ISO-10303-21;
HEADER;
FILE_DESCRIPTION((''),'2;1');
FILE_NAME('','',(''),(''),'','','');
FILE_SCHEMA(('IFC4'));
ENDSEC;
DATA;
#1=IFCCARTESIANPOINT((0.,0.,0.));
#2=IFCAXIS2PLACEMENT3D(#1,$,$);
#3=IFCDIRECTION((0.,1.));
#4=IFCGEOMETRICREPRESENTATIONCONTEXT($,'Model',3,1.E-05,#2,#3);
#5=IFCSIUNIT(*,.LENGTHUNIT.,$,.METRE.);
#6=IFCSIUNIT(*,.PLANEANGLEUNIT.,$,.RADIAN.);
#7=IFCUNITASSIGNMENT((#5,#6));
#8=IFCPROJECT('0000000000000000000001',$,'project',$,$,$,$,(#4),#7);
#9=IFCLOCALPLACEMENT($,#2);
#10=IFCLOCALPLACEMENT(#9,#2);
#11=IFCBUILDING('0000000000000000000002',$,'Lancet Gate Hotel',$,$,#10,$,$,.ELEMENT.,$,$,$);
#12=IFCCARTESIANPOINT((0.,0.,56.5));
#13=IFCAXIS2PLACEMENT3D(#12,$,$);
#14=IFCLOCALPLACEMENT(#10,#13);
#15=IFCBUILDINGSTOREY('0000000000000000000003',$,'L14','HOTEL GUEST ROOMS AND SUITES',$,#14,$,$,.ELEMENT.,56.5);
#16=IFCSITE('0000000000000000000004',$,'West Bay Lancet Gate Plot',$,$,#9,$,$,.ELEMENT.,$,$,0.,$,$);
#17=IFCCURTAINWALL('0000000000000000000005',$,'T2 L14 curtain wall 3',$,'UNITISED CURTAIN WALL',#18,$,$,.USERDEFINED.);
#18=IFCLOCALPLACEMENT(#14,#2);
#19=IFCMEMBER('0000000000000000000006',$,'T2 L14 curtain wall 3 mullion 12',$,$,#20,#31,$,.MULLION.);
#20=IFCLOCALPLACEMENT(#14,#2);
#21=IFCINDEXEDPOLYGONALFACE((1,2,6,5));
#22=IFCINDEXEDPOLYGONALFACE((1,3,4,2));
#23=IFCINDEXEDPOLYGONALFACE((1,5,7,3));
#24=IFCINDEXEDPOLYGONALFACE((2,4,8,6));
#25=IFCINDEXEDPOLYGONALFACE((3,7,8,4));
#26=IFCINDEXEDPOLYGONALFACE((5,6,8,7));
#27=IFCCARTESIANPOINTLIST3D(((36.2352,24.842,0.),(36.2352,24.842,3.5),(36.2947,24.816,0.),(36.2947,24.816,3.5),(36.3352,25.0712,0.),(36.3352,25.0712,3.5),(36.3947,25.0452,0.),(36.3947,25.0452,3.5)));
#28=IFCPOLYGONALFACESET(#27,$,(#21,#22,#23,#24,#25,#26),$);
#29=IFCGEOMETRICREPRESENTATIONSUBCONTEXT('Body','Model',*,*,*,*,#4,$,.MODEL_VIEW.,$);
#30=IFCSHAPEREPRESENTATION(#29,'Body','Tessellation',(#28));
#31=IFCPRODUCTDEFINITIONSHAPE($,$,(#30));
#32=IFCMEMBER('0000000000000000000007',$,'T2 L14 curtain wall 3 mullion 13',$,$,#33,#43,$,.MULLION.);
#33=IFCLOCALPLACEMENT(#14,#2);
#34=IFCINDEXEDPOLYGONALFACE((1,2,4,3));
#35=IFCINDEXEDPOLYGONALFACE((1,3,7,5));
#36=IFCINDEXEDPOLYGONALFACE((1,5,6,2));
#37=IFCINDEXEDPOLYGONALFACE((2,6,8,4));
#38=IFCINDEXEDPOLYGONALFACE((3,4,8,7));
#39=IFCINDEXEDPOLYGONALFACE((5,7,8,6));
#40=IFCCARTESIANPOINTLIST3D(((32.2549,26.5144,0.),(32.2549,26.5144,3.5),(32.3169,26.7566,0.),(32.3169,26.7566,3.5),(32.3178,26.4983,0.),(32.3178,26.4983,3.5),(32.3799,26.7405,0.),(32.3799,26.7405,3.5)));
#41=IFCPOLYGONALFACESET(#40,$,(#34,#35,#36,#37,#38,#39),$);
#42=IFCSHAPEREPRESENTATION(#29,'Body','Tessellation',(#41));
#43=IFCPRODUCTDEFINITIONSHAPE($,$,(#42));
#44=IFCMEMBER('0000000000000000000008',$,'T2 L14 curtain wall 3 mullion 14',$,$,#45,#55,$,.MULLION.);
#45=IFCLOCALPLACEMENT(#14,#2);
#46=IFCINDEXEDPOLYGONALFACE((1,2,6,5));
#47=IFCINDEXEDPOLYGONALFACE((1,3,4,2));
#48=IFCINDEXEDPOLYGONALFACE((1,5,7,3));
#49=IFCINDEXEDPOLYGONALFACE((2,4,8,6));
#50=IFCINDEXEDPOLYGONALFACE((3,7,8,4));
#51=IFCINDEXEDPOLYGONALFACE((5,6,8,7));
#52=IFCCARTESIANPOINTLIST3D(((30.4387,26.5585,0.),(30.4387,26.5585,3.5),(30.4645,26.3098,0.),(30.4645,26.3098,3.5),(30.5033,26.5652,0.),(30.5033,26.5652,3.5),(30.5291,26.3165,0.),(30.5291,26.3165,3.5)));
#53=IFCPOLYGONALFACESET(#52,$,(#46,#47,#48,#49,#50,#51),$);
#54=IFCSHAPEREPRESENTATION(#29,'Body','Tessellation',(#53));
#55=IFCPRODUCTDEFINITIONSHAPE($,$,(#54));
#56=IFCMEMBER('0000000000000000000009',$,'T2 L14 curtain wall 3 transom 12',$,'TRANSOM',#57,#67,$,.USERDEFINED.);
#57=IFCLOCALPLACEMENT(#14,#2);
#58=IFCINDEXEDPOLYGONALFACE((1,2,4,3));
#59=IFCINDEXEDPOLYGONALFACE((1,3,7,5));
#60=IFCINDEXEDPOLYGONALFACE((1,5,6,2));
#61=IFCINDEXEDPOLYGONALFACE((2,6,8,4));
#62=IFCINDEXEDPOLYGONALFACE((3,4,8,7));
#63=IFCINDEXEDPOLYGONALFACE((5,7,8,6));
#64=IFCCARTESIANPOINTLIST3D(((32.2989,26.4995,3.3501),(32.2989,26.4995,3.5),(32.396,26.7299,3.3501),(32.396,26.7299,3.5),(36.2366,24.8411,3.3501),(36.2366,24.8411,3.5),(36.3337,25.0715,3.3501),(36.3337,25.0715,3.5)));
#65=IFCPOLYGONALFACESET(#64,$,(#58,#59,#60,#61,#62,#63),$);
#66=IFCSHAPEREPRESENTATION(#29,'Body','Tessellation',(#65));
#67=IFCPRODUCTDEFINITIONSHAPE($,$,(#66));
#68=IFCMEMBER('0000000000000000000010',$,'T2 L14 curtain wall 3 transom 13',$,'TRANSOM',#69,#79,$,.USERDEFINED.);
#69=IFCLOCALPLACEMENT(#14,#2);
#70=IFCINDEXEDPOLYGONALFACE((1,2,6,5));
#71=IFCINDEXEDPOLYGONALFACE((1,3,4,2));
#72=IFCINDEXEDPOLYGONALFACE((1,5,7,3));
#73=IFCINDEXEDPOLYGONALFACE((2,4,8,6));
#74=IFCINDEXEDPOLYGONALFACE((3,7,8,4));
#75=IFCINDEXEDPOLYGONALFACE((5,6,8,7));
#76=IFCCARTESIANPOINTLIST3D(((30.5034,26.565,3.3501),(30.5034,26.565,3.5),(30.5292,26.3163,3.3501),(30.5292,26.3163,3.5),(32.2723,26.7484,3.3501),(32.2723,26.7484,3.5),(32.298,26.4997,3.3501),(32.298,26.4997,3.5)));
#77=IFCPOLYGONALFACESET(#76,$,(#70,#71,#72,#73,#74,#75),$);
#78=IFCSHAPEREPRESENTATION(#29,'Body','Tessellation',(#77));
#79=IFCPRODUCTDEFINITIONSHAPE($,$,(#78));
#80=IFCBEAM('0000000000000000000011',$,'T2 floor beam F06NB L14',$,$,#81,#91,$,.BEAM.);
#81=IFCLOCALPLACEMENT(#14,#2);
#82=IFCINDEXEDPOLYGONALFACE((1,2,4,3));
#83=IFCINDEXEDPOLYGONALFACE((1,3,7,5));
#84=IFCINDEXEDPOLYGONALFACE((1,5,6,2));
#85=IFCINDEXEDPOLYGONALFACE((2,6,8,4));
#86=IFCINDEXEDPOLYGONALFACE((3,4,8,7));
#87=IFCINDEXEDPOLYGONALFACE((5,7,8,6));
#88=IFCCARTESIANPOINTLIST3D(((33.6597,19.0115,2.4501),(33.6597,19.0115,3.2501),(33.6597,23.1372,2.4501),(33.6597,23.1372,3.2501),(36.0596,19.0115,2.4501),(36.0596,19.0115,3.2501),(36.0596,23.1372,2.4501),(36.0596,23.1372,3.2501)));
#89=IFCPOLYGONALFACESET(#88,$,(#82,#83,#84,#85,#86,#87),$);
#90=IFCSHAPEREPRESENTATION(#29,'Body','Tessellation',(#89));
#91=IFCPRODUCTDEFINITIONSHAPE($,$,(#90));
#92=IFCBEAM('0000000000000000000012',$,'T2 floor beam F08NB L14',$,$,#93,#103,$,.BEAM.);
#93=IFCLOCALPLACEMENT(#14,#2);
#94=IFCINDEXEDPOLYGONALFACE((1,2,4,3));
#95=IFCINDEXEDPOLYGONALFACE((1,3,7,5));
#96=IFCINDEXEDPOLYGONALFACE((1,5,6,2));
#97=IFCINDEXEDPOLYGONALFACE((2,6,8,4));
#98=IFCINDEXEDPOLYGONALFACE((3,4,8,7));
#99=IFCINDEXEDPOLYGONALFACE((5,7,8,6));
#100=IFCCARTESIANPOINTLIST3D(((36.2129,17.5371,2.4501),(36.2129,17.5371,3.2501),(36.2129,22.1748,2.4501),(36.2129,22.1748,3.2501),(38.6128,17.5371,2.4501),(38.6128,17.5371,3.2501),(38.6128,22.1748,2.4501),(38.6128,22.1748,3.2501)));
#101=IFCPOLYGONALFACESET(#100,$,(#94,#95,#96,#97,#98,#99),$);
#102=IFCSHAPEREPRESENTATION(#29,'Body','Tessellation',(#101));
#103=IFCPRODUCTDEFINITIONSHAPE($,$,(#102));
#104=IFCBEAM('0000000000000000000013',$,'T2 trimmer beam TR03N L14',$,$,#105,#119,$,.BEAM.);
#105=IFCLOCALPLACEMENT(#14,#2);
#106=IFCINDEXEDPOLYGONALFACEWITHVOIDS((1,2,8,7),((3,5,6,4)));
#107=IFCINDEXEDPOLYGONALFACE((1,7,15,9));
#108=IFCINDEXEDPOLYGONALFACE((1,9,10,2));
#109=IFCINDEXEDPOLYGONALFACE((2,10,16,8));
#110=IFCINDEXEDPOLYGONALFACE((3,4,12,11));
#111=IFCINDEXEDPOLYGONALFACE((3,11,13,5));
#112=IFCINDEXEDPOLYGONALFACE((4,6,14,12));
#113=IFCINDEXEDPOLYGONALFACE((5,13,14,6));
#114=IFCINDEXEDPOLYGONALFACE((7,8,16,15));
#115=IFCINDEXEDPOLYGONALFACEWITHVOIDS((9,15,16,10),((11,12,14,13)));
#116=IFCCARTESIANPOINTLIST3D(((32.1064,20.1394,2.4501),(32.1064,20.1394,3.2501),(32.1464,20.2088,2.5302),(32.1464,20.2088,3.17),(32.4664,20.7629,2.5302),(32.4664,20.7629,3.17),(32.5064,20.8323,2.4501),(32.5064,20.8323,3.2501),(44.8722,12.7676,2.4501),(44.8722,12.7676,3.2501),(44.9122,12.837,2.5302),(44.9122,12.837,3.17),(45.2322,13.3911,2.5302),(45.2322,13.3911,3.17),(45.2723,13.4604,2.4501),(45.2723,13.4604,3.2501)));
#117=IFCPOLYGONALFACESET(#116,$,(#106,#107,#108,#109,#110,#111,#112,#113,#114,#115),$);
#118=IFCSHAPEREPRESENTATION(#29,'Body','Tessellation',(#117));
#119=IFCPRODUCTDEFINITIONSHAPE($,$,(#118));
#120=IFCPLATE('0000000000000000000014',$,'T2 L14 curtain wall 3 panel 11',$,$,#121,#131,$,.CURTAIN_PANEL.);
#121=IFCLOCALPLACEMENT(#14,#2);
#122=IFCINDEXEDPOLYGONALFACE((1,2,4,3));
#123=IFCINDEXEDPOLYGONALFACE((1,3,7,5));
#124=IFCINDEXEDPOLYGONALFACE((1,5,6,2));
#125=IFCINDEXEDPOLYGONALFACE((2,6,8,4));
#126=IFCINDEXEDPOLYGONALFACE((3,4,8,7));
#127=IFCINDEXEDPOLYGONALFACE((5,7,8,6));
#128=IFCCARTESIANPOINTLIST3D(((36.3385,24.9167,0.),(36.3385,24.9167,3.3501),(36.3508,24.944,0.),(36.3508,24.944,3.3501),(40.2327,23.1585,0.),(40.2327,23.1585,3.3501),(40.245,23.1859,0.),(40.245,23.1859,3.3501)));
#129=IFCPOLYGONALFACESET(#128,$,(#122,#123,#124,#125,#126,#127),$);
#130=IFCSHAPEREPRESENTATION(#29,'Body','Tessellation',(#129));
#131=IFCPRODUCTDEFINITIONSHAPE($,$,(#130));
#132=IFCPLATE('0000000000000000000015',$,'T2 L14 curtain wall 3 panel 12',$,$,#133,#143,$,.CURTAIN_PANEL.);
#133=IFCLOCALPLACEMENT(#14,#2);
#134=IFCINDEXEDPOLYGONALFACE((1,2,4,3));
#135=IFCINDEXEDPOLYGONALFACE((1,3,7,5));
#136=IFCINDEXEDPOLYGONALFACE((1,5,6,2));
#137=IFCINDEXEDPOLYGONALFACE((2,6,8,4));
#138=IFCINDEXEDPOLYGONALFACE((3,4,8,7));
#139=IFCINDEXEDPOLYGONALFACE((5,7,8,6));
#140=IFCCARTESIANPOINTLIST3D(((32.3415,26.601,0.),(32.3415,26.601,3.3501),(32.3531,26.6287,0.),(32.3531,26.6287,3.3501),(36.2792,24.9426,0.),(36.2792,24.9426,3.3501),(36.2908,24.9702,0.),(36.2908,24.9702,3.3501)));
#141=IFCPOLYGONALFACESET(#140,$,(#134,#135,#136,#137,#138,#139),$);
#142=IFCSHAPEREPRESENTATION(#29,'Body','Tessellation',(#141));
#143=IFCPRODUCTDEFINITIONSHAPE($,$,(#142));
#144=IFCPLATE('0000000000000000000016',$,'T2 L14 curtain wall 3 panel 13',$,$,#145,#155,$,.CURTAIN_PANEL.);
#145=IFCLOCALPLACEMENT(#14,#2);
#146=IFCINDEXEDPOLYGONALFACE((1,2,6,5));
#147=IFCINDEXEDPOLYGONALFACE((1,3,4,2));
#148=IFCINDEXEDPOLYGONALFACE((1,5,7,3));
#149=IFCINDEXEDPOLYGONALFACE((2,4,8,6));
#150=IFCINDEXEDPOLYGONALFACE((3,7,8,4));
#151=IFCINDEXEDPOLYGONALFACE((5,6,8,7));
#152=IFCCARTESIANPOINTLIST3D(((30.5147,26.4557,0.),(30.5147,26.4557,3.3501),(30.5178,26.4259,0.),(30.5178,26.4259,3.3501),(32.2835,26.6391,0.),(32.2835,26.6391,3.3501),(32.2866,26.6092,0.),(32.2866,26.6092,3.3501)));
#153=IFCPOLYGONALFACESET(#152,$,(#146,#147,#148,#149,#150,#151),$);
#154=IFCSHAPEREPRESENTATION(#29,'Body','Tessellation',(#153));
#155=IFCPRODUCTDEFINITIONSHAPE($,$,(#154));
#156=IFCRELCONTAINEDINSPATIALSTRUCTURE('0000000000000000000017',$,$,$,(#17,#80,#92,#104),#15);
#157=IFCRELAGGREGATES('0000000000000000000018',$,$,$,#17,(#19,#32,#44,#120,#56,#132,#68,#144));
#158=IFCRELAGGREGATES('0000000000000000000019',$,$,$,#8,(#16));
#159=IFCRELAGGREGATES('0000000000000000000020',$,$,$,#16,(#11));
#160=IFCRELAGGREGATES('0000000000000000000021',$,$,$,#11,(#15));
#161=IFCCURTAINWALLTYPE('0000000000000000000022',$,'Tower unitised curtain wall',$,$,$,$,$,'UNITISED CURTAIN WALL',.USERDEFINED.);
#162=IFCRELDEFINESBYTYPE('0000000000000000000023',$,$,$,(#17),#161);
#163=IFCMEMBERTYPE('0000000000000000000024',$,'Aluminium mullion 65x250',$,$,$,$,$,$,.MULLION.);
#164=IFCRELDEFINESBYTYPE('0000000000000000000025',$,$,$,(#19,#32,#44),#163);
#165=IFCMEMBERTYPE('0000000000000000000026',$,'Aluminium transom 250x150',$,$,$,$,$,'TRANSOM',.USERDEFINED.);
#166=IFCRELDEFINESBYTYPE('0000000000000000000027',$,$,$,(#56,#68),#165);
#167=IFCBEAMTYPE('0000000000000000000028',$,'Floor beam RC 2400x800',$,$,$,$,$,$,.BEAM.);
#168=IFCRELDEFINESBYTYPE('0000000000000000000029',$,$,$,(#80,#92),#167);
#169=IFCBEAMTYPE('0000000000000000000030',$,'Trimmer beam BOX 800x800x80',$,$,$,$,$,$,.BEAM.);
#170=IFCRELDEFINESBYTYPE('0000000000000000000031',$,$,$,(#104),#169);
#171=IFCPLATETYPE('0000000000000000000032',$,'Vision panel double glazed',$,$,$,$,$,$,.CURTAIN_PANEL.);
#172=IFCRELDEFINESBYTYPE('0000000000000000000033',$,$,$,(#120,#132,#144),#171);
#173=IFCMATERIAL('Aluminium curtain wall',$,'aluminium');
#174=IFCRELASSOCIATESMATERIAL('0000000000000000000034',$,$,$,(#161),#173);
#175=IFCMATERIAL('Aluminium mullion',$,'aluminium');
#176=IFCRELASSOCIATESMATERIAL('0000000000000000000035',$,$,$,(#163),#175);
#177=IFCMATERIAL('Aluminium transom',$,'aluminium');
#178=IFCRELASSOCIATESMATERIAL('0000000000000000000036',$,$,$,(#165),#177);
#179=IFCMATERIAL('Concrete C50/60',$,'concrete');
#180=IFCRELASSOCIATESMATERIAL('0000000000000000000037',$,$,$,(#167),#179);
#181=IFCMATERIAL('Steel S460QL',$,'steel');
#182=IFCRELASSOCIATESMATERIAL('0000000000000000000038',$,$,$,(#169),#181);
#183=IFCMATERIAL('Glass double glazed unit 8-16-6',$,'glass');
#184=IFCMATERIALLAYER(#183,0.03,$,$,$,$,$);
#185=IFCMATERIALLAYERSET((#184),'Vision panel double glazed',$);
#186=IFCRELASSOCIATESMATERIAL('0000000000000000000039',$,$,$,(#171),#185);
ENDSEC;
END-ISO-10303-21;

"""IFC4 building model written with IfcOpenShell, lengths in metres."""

from ifc_helpers import new_model, si_unit, direction, frame, origin, origin_2d, place, context, subcontext, project, spatial, rectangle, hollow_rectangle, extrude, material, layer, layer_set, material_profile, profile_set, type_object, element, aggregate, save


model = new_model("IFC4")

# Units and contexts
model_context = context("Model", 3, precision=1e-05, world=origin(), true_north=direction((0.0, 1.0)))
body_context = subcontext(model_context, "Body", "Model", "MODEL_VIEW")
ifc_project = project(units=[si_unit("LENGTHUNIT", "METRE"), si_unit("PLANEANGLEUNIT", "RADIAN")], contexts=[model_context])

# Site, building, storey
site_placement = place(None, origin())
site = spatial("IfcSite", under=ifc_project, at=site_placement, Name="West Bay Lancet Gate Plot", CompositionType="ELEMENT", RefElevation=0.0)
building_placement = place(site_placement, origin())
building = spatial("IfcBuilding", under=site, at=building_placement, Name="Lancet Gate Hotel", CompositionType="ELEMENT")
storey_placement = place(building_placement, frame((0.0, 0.0, 56.5)))
storey = spatial("IfcBuildingStorey", under=building, at=storey_placement, Name="L14", Description="HOTEL GUEST ROOMS AND SUITES", CompositionType="ELEMENT", Elevation=56.5)

# Curtain wall, members
ifc_material_1 = material(Name="Aluminium curtain wall", Category="aluminium")
curtain_wall_type = type_object("IfcCurtainWallType", Name="Tower unitised curtain wall", ElementType="UNITISED CURTAIN WALL", PredefinedType="USERDEFINED", material=ifc_material_1)
curtain_wall_placement = place(storey_placement, origin())
curtain_wall = element("IfcCurtainWall", 1, at=curtain_wall_placement, inside=storey, type_object=curtain_wall_type, Name="T2 L14 curtain wall 3", ObjectType="UNITISED CURTAIN WALL", PredefinedType="USERDEFINED")
ifc_material_2 = material(Name="Aluminium mullion", Category="aluminium")
ifc_material_profile_1 = material_profile(ifc_material_2, rectangle(XDim=0.0649, YDim=0.25, at=origin_2d()), Name="MULLION 65x250")
ifc_profile_set_1 = profile_set([ifc_material_profile_1], Name="Aluminium mullion")
member_type_1 = type_object("IfcMemberType", Name="Aluminium mullion 65x250", PredefinedType="MULLION", material=ifc_profile_set_1)
member_1_placement = place(storey_placement, frame((36.3149, 24.9436, 0.0), z_axis=(0.0, 0.0, 1.0), x_axis=(-0.916579, 0.399854, 0.0)))
member_1 = element("IfcMember", 2, at=member_1_placement, type_object=member_type_1, Name="T2 L14 curtain wall 3 mullion 12", PredefinedType="MULLION", context=body_context, shape_type="SweptSolid", body=[
    extrude(rectangle(XDim=0.0649, YDim=0.25, at=origin_2d()), origin(), (0.0, 0.0, 1.0), 3.5),
])
member_2_placement = place(storey_placement, frame((32.3174, 26.6274, 0.0), z_axis=(0.0, 0.0, 1.0), x_axis=(-0.968721, 0.24815, 0.0)))
member_2 = element("IfcMember", 3, at=member_2_placement, type_object=member_type_1, Name="T2 L14 curtain wall 3 mullion 13", PredefinedType="MULLION", context=body_context, shape_type="SweptSolid", body=[
    extrude(rectangle(XDim=0.0649, YDim=0.25, at=origin_2d()), origin(), (0.0, 0.0, 1.0), 3.5),
])
member_3_placement = place(storey_placement, frame((30.4839, 26.4375, 0.0), z_axis=(0.0, 0.0, 1.0), x_axis=(-0.994672, -0.103088, 0.0)))
member_3 = element("IfcMember", 4, at=member_3_placement, type_object=member_type_1, Name="T2 L14 curtain wall 3 mullion 14", PredefinedType="MULLION", context=body_context, shape_type="SweptSolid", body=[
    extrude(rectangle(XDim=0.0649, YDim=0.25, at=origin_2d()), origin(), (0.0, 0.0, 1.0), 3.5),
])
ifc_material_3 = material(Name="Aluminium transom", Category="aluminium")
ifc_material_profile_2 = material_profile(ifc_material_3, rectangle(XDim=0.25, YDim=0.1499, at=origin_2d()), Name="TRANSOM 250x150")
ifc_profile_set_2 = profile_set([ifc_material_profile_2], Name="Aluminium transom")
member_type_2 = type_object("IfcMemberType", Name="Aluminium transom 250x150", ElementType="TRANSOM", PredefinedType="USERDEFINED", material=ifc_profile_set_2)
member_4_placement = place(storey_placement, frame((36.2852, 24.9563, 3.425), z_axis=(-0.921598, 0.388146, 0.0), x_axis=(-0.388146, -0.921598, 0.0)))
member_4 = element("IfcMember", 5, at=member_4_placement, type_object=member_type_2, Name="T2 L14 curtain wall 3 transom 12", ObjectType="TRANSOM", PredefinedType="USERDEFINED", context=body_context, shape_type="SweptSolid", body=[
    extrude(rectangle(XDim=0.25, YDim=0.1499, at=origin_2d()), origin(), (0.0, 0.0, 1.0), 4.2727),
])
member_5_placement = place(storey_placement, frame((32.2852, 26.624, 3.425), z_axis=(-0.99467, -0.103105, 0.0), x_axis=(0.103105, -0.99467, 0.0)))
member_5 = element("IfcMember", 6, at=member_5_placement, type_object=member_type_2, Name="T2 L14 curtain wall 3 transom 13", ObjectType="TRANSOM", PredefinedType="USERDEFINED", context=body_context, shape_type="SweptSolid", body=[
    extrude(rectangle(XDim=0.25, YDim=0.1499, at=origin_2d()), origin(), (0.0, 0.0, 1.0), 1.7783),
])

# Beams
ifc_material_4 = material(Name="Concrete C50/60", Category="concrete")
ifc_material_profile_3 = material_profile(ifc_material_4, rectangle(XDim=2.3999, YDim=0.8, at=origin_2d()), Name="RC 2400x800")
ifc_profile_set_3 = profile_set([ifc_material_profile_3], Name="Concrete C50/60")
beam_type_1 = type_object("IfcBeamType", Name="Floor beam RC 2400x800", PredefinedType="BEAM", material=ifc_profile_set_3)
beam_1_placement = place(storey_placement, frame((34.8596, 19.0115, 2.8501), z_axis=(0.0, 1.0, 0.0), x_axis=(-1.0, 0.0, 0.0)))
element("IfcBeam", 7, at=beam_1_placement, inside=storey, type_object=beam_type_1, Name="T2 floor beam F06NB L14", PredefinedType="BEAM", context=body_context, shape_type="SweptSolid", body=[
    extrude(rectangle(XDim=2.3999, YDim=0.8, at=origin_2d()), origin(), (0.0, 0.0, 1.0), 4.1257),
])
beam_2_placement = place(storey_placement, frame((37.4128, 17.5371, 2.8501), z_axis=(0.0, 1.0, 0.0), x_axis=(-1.0, 0.0, 0.0)))
element("IfcBeam", 8, at=beam_2_placement, inside=storey, type_object=beam_type_1, Name="T2 floor beam F08NB L14", PredefinedType="BEAM", context=body_context, shape_type="SweptSolid", body=[
    extrude(rectangle(XDim=2.3999, YDim=0.8, at=origin_2d()), origin(), (0.0, 0.0, 1.0), 4.6377),
])
ifc_material_5 = material(Name="Steel S460QL", Category="steel")
ifc_material_profile_4 = material_profile(ifc_material_5, hollow_rectangle(XDim=0.8, YDim=0.8, WallThickness=0.0801, at=origin_2d()), Name="BOX 800x800x80")
ifc_profile_set_4 = profile_set([ifc_material_profile_4], Name="Steel S460QL")
beam_type_2 = type_object("IfcBeamType", Name="Trimmer beam BOX 800x800x80", PredefinedType="BEAM", material=ifc_profile_set_4)
beam_3_placement = place(storey_placement, frame((32.3064, 20.4858, 2.8501), z_axis=(0.865983, -0.500074, 0.0), x_axis=(0.500074, 0.865983, 0.0)))
element("IfcBeam", 9, at=beam_3_placement, inside=storey, type_object=beam_type_2, Name="T2 trimmer beam TR03N L14", PredefinedType="BEAM", context=body_context, shape_type="SweptSolid", body=[
    extrude(hollow_rectangle(XDim=0.8, YDim=0.8, WallThickness=0.0801, at=origin_2d()), origin(), (0.0, 0.0, 1.0), 14.7415),
])

# Plates
ifc_material_6 = material(Name="Glass double glazed unit 8-16-6", Category="glass")
ifc_layer_1 = layer(ifc_material_6, 0.03)
ifc_layer_set_1 = layer_set([ifc_layer_1], Name="Vision panel double glazed")
plate_type = type_object("IfcPlateType", Name="Vision panel double glazed", PredefinedType="CURTAIN_PANEL", material=ifc_layer_set_1)
plate_1_placement = place(storey_placement, frame((38.2917, 24.0513, 0.0), z_axis=(0.0, 0.0, 1.0), x_axis=(-0.911416, 0.411487, 0.0)))
plate_1 = element("IfcPlate", 10, at=plate_1_placement, type_object=plate_type, Name="T2 L14 curtain wall 3 panel 11", PredefinedType="CURTAIN_PANEL", context=body_context, shape_type="SweptSolid", body=[
    extrude(rectangle(XDim=4.2727, YDim=0.03, at=origin_2d()), origin(), (0.0, 0.0, 1.0), 3.3501),
])
plate_2_placement = place(storey_placement, frame((34.3162, 25.7856, 0.0), z_axis=(0.0, 0.0, 1.0), x_axis=(-0.921593, 0.388157, 0.0)))
plate_2 = element("IfcPlate", 11, at=plate_2_placement, type_object=plate_type, Name="T2 L14 curtain wall 3 panel 12", PredefinedType="CURTAIN_PANEL", context=body_context, shape_type="SweptSolid", body=[
    extrude(rectangle(XDim=4.2727, YDim=0.03, at=origin_2d()), origin(), (0.0, 0.0, 1.0), 3.3501),
])
plate_3_placement = place(storey_placement, frame((31.4006, 26.5325, 0.0), z_axis=(0.0, 0.0, 1.0), x_axis=(-0.994672, -0.103088, 0.0)))
plate_3 = element("IfcPlate", 12, at=plate_3_placement, type_object=plate_type, Name="T2 L14 curtain wall 3 panel 13", PredefinedType="CURTAIN_PANEL", context=body_context, shape_type="SweptSolid", body=[
    extrude(rectangle(XDim=1.7783, YDim=0.03, at=origin_2d()), origin(), (0.0, 0.0, 1.0), 3.3501),
])
aggregate(curtain_wall, [member_1, member_2, member_3, plate_1, member_4, plate_2, member_5, plate_3])

save(model, "model.ifc")
